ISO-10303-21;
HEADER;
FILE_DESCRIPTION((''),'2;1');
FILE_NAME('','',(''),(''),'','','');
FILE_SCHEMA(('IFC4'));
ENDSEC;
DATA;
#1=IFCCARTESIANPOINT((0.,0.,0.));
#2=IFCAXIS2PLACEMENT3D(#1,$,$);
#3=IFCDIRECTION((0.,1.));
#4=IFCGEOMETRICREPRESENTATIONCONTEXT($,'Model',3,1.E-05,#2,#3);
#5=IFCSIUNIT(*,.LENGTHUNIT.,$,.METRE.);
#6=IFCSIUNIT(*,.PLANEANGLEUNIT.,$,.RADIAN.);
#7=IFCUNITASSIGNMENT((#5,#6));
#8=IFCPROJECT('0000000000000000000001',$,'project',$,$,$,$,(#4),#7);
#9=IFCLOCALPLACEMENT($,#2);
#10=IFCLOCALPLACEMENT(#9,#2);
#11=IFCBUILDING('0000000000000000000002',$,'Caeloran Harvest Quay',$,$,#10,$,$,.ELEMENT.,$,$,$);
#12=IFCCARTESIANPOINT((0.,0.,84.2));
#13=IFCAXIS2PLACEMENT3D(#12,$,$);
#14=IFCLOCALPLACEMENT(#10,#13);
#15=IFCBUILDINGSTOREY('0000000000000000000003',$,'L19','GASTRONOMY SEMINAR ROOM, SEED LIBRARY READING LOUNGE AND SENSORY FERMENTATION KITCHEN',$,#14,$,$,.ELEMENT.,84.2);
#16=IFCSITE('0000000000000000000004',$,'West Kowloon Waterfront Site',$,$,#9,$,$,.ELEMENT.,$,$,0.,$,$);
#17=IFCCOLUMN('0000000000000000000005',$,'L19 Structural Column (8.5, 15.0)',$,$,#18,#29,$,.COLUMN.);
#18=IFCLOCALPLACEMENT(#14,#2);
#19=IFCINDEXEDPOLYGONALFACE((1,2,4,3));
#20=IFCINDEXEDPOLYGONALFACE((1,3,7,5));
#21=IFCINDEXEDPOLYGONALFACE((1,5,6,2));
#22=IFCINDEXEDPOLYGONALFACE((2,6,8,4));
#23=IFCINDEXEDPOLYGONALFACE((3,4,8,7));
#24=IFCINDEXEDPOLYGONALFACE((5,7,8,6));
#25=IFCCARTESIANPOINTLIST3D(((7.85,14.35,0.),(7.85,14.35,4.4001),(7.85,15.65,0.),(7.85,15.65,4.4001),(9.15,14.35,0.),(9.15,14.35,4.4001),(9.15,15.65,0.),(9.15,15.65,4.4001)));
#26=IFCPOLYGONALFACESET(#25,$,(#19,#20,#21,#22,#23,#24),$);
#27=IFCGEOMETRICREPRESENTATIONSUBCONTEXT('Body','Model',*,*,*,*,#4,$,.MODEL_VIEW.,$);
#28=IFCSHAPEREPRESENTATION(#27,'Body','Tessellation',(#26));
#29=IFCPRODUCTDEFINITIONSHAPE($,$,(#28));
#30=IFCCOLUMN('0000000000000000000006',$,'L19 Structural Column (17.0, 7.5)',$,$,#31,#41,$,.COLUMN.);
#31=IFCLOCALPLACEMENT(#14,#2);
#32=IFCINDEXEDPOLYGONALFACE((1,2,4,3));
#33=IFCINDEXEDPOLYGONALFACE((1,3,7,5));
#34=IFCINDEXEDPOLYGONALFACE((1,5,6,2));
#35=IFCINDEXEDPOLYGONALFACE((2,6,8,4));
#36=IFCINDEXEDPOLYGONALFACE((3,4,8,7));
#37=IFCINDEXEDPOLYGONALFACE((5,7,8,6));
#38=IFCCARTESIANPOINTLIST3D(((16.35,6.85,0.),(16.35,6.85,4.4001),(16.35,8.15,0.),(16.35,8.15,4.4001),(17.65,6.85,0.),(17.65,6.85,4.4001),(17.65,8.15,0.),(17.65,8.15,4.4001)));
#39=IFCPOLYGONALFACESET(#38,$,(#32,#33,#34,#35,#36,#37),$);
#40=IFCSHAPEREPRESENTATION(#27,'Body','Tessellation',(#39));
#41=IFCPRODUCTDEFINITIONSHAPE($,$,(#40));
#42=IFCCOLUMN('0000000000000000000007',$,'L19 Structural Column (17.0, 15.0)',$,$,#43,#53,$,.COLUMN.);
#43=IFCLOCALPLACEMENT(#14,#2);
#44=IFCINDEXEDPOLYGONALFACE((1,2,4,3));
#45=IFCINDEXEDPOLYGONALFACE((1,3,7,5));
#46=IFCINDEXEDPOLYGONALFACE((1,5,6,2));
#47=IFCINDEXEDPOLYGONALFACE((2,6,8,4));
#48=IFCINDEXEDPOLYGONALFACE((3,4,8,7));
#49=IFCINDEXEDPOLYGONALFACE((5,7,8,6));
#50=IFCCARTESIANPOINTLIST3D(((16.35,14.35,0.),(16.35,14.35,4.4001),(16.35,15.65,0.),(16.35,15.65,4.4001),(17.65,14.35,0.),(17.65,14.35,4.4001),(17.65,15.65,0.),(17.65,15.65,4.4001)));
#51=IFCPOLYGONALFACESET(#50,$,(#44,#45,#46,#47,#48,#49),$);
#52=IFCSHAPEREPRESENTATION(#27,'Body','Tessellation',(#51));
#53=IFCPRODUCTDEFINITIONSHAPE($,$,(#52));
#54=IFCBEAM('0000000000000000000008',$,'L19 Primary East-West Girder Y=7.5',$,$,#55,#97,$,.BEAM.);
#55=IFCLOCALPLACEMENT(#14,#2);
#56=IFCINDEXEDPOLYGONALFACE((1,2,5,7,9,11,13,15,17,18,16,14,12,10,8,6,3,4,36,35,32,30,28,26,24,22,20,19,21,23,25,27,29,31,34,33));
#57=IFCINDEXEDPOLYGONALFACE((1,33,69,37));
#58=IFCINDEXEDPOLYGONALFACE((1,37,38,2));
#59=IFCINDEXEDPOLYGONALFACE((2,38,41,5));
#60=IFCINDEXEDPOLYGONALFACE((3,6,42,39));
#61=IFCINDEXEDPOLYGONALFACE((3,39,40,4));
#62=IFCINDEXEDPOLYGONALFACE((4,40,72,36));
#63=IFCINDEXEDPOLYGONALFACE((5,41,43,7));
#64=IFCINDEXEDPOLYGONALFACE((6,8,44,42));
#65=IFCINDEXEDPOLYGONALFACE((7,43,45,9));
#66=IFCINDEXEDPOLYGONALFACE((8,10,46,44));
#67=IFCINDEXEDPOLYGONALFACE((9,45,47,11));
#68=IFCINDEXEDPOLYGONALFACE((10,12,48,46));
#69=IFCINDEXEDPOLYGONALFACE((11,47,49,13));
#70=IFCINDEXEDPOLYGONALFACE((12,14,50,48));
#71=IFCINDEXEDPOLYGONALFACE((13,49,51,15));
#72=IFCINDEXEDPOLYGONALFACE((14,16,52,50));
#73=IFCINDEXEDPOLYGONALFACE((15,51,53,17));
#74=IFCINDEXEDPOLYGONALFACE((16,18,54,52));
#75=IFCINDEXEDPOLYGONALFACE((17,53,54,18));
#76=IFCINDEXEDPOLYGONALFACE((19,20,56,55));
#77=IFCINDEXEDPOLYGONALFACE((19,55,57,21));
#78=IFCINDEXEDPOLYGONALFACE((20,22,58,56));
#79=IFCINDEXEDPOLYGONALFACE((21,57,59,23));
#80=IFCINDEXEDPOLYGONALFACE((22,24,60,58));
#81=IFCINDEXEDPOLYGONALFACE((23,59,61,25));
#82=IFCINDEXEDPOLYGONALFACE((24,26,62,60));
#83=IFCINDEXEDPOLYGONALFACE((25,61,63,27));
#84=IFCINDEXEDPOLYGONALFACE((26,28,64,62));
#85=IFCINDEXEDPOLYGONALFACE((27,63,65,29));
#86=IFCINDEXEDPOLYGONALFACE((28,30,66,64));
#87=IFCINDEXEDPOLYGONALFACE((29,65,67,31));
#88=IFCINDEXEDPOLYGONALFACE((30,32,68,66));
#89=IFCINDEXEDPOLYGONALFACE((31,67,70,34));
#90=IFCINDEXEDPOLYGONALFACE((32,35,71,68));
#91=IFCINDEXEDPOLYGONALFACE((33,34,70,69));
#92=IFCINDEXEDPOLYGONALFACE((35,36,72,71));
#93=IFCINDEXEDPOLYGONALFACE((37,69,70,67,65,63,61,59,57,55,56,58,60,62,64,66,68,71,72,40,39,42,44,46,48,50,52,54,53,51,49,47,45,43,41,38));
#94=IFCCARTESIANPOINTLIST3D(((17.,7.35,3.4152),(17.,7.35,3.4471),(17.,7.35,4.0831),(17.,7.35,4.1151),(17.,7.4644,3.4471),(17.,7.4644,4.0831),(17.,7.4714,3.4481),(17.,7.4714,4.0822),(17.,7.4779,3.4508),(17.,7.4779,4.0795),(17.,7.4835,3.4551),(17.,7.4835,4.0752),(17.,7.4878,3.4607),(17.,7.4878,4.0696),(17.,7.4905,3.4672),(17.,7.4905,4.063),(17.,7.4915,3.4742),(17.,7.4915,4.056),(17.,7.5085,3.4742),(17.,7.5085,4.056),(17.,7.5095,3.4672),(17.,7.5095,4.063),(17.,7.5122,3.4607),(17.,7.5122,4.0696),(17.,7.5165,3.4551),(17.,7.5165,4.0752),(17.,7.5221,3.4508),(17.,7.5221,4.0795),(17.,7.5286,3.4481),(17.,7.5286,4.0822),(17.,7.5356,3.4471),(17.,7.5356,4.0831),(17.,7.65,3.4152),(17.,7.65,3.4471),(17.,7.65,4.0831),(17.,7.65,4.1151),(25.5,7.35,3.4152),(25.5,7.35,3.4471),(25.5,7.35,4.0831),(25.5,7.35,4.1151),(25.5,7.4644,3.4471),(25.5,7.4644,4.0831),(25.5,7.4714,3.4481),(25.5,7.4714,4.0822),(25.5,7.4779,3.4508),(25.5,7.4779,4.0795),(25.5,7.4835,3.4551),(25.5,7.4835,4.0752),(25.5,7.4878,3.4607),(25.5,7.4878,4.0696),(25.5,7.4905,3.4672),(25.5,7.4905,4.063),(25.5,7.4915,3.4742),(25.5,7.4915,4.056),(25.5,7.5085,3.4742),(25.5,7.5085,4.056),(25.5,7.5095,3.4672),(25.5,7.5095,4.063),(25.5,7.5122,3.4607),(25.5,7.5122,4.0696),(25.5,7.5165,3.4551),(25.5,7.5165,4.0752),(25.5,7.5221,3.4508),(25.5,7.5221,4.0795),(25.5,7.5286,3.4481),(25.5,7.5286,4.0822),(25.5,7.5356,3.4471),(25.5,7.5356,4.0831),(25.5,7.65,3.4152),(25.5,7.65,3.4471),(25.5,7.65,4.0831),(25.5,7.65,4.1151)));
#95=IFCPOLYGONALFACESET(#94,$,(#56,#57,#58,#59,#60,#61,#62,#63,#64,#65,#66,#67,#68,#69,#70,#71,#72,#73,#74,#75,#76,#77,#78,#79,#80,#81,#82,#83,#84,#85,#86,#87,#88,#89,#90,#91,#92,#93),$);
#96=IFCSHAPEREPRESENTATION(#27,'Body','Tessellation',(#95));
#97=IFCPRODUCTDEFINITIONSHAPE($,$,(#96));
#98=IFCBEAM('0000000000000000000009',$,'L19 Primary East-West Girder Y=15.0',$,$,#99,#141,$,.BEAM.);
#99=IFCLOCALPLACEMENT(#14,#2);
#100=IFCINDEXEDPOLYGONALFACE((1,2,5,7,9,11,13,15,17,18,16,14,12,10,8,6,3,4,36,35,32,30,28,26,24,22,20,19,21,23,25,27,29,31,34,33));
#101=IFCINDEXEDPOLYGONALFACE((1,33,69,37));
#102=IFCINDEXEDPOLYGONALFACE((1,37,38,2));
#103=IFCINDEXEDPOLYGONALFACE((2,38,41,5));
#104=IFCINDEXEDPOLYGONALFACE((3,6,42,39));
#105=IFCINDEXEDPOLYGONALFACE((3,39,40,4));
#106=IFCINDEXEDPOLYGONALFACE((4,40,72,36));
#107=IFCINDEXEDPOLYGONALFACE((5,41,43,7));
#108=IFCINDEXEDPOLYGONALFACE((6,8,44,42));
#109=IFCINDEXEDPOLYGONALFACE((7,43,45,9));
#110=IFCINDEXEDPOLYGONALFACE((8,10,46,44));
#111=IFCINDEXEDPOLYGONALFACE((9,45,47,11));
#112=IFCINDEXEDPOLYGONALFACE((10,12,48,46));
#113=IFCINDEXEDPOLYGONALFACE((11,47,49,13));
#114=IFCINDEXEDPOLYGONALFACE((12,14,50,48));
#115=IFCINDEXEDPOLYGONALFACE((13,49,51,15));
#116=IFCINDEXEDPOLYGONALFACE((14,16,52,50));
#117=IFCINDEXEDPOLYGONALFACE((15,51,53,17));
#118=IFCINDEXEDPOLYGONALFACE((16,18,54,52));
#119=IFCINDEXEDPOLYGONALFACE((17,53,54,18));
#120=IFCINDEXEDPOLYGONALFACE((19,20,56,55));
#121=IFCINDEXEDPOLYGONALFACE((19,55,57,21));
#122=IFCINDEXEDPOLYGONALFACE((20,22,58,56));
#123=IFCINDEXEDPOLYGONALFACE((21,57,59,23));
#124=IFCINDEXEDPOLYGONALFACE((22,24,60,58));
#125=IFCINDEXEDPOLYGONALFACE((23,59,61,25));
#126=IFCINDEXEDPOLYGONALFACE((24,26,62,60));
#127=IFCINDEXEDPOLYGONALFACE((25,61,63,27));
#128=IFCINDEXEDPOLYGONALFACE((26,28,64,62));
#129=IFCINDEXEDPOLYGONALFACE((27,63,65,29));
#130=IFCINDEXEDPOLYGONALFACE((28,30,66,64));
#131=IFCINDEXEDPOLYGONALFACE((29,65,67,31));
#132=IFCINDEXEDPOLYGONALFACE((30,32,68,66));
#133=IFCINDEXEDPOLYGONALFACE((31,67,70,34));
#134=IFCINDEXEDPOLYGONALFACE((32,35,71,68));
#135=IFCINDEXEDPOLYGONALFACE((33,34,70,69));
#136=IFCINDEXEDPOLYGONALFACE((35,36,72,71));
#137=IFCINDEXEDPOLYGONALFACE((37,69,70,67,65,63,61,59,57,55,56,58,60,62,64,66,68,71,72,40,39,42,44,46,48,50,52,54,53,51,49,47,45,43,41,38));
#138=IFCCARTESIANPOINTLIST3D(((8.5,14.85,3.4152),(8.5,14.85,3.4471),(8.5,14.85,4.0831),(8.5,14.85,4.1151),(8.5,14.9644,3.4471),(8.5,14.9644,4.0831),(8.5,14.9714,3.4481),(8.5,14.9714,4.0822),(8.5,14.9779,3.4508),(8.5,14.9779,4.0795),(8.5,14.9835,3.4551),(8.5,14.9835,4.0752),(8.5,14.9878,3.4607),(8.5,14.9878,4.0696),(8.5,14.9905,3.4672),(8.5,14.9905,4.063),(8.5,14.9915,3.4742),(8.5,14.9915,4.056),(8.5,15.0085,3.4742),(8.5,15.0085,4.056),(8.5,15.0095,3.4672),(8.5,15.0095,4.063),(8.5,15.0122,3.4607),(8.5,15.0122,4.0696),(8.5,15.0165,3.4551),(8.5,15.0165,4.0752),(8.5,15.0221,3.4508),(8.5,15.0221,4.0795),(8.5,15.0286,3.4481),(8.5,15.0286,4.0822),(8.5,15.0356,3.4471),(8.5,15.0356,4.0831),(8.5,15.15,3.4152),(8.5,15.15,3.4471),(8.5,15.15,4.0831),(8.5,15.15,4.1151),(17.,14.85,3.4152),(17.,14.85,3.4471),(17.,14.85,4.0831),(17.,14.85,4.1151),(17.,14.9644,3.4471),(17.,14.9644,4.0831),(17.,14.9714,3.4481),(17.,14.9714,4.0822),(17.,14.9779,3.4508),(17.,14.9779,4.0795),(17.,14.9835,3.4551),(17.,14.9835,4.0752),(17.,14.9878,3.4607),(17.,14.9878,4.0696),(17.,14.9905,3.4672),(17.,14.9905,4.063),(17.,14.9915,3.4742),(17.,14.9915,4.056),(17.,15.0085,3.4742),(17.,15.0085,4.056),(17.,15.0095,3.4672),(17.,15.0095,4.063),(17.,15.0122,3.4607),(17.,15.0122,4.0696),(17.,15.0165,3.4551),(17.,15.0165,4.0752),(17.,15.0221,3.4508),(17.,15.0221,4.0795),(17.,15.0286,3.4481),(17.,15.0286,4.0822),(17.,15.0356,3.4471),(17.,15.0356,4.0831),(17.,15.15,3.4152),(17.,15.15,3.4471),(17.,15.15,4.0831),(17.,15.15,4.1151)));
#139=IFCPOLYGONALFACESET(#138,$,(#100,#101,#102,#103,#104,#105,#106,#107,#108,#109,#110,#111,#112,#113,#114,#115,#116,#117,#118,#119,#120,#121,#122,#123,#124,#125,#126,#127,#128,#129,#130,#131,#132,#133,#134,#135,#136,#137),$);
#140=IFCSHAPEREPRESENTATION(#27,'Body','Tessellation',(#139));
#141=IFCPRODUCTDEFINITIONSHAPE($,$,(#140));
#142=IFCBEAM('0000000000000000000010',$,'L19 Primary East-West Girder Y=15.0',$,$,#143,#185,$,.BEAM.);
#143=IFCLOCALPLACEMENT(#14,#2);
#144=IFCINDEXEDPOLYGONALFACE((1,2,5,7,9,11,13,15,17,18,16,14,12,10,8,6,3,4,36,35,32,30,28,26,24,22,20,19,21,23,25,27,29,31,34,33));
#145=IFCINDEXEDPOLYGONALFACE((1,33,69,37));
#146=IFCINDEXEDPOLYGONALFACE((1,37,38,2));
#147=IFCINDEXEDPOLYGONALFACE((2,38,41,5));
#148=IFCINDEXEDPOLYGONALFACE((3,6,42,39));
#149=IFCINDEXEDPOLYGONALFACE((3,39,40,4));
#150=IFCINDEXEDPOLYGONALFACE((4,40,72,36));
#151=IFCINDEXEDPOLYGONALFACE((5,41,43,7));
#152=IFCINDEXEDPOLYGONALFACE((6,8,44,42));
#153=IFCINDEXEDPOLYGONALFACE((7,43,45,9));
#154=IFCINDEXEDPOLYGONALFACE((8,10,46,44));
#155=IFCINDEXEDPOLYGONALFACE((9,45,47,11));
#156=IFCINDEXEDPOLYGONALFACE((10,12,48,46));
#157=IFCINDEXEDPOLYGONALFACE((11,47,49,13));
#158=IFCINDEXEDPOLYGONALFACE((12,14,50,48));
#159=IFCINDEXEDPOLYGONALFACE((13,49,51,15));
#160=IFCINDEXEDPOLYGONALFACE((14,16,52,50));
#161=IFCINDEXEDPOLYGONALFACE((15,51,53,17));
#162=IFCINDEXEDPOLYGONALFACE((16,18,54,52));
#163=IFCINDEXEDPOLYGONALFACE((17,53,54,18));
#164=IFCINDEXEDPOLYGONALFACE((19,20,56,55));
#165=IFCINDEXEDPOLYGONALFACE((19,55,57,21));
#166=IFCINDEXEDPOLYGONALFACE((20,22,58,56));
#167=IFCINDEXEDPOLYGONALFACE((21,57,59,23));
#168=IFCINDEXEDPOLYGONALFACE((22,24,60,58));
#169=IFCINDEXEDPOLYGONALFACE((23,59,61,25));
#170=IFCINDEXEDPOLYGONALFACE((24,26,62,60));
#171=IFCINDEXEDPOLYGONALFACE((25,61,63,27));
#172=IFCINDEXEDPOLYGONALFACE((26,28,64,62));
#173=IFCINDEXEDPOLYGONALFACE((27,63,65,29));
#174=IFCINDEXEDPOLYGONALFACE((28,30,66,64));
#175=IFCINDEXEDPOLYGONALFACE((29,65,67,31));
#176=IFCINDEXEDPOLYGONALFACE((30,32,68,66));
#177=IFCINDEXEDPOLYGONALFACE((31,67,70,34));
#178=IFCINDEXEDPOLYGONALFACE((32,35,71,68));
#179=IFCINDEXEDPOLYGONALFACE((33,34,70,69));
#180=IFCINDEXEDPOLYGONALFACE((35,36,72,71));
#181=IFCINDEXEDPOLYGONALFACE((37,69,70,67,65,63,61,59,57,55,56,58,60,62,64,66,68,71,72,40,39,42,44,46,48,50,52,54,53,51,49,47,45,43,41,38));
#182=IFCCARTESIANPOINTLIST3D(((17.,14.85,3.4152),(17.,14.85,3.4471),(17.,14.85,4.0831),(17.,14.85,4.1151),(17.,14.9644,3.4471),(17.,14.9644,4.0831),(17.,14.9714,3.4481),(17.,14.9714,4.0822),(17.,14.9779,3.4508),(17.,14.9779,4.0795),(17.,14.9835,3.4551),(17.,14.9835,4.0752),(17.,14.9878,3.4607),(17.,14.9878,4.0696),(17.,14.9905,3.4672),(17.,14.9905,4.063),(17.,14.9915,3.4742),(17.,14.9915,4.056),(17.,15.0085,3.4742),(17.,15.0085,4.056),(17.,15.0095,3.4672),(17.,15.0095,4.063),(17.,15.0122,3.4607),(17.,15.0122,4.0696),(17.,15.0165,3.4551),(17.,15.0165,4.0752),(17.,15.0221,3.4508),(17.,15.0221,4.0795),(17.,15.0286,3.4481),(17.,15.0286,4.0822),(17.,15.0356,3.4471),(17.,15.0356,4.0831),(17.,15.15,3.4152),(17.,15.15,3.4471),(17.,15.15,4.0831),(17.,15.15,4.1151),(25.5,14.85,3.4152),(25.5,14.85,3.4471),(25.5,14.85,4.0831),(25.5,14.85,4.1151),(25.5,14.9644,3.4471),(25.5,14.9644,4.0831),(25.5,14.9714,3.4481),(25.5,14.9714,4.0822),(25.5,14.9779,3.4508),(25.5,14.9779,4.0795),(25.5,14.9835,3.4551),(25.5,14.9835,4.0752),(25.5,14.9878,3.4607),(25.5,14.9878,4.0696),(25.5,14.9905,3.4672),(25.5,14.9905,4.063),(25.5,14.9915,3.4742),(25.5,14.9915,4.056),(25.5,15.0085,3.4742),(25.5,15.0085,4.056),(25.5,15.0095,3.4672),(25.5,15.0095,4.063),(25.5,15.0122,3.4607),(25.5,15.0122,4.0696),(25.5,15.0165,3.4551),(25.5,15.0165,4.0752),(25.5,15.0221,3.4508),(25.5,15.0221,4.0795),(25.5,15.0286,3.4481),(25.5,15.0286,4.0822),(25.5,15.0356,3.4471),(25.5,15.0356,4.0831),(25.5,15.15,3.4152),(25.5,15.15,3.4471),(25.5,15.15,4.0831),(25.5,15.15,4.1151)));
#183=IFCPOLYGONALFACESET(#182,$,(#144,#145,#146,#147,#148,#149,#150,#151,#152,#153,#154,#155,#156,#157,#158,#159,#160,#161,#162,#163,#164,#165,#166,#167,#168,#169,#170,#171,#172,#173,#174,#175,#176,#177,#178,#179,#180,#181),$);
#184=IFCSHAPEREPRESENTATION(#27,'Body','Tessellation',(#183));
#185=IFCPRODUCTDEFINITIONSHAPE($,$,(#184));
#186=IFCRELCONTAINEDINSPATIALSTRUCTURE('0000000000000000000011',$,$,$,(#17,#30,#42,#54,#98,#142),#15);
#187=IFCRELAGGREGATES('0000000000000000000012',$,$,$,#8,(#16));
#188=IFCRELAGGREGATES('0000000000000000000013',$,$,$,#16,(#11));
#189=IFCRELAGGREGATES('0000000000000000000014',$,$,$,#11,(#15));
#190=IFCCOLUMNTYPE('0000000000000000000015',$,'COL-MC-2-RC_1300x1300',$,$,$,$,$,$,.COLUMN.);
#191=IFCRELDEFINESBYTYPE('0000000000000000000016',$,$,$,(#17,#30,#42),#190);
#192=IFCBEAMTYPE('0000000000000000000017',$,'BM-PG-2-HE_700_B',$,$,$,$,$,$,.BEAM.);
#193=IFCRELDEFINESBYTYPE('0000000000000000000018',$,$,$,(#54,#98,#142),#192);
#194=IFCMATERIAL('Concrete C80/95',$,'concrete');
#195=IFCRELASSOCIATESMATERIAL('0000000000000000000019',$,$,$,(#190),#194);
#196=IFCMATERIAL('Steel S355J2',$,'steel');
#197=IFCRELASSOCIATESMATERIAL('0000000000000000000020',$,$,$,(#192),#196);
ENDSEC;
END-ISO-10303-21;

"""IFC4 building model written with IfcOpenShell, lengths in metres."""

from ifc_helpers import new_model, si_unit, direction, frame, origin, origin_2d, place, context, subcontext, project, spatial, rectangle, i_section, extrude, material, material_profile, profile_set, type_object, element, save


model = new_model("IFC4")

# Units and contexts
model_context = context("Model", 3, precision=1e-05, world=origin(), true_north=direction((0.0, 1.0)))
body_context = subcontext(model_context, "Body", "Model", "MODEL_VIEW")
ifc_project = project(units=[si_unit("LENGTHUNIT", "METRE"), si_unit("PLANEANGLEUNIT", "RADIAN")], contexts=[model_context])

# Site, building, storey
site_placement = place(None, origin())
site = spatial("IfcSite", under=ifc_project, at=site_placement, Name="West Kowloon Waterfront Site", CompositionType="ELEMENT", RefElevation=0.0)
building_placement = place(site_placement, origin())
building = spatial("IfcBuilding", under=site, at=building_placement, Name="Caeloran Harvest Quay", CompositionType="ELEMENT")
storey_placement = place(building_placement, frame((0.0, 0.0, 84.2)))
storey = spatial("IfcBuildingStorey", under=building, at=storey_placement, Name="L19", Description="GASTRONOMY SEMINAR ROOM, SEED LIBRARY READING LOUNGE AND SENSORY FERMENTATION KITCHEN", CompositionType="ELEMENT", Elevation=84.2)

# Columns
ifc_material_1 = material(Name="Concrete C80/95", Category="concrete")
ifc_material_profile_1 = material_profile(ifc_material_1, rectangle(XDim=1.3, YDim=1.3, at=origin_2d()), Name="RC 1300x1300")
ifc_profile_set_1 = profile_set([ifc_material_profile_1], Name="Concrete C80/95")
column_type = type_object("IfcColumnType", Name="COL-MC-2-RC_1300x1300", PredefinedType="COLUMN", material=ifc_profile_set_1)
for number, where, z_axis, x_axis, name in (
    (1, (8.5, 15.0, 0.0), (0.0, 0.0, 1.0), (1.0, 0.0, 0.0), "L19 Structural Column (8.5, 15.0)"),
    (2, (17.0, 7.5, 0.0), (0.0, 0.0, 1.0), (1.0, 0.0, 0.0), "L19 Structural Column (17.0, 7.5)"),
    (3, (17.0, 15.0, 0.0), (0.0, 0.0, 1.0), (1.0, 0.0, 0.0), "L19 Structural Column (17.0, 15.0)"),
):
    element("IfcColumn", number, at=place(storey_placement, frame(where, z_axis=z_axis, x_axis=x_axis)), inside=storey, type_object=column_type, Name=name, PredefinedType="COLUMN", context=body_context, shape_type="SweptSolid", body=[
        extrude(rectangle(XDim=1.3, YDim=1.3, at=origin_2d()), origin(), (0.0, 0.0, 1.0), 4.4001),
    ])

# Beams
ifc_material_2 = material(Name="Steel S355J2", Category="steel")
ifc_material_profile_2 = material_profile(ifc_material_2, i_section(OverallWidth=0.3, OverallDepth=0.7, WebThickness=0.0171, FlangeThickness=0.032, FilletRadius=0.0271, at=origin_2d()), Name="HE 700 B")
ifc_profile_set_2 = profile_set([ifc_material_profile_2], Name="Steel S355J2")
beam_type_1 = type_object("IfcBeamType", Name="BM-PG-2-HE_700_B", PredefinedType="BEAM", material=ifc_profile_set_2)
for number, where, z_axis, x_axis, name in (
    (4, (17.0, 7.5, 3.7651), (1.0, 0.0, 0.0), (0.0, 1.0, 0.0), "L19 Primary East-West Girder Y=7.5"),
    (5, (8.5, 15.0, 3.7651), (1.0, 0.0, 0.0), (0.0, 1.0, 0.0), "L19 Primary East-West Girder Y=15.0"),
    (6, (17.0, 15.0, 3.7651), (1.0, 0.0, 0.0), (0.0, 1.0, 0.0), "L19 Primary East-West Girder Y=15.0"),
):
    element("IfcBeam", number, at=place(storey_placement, frame(where, z_axis=z_axis, x_axis=x_axis)), inside=storey, type_object=beam_type_1, Name=name, PredefinedType="BEAM", context=body_context, shape_type="SweptSolid", body=[
        extrude(i_section(OverallWidth=0.3, OverallDepth=0.7, WebThickness=0.0171, FlangeThickness=0.032, FilletRadius=0.0271, at=origin_2d()), origin(), (0.0, 0.0, 1.0), 8.5),
    ])

save(model, "model.ifc")
